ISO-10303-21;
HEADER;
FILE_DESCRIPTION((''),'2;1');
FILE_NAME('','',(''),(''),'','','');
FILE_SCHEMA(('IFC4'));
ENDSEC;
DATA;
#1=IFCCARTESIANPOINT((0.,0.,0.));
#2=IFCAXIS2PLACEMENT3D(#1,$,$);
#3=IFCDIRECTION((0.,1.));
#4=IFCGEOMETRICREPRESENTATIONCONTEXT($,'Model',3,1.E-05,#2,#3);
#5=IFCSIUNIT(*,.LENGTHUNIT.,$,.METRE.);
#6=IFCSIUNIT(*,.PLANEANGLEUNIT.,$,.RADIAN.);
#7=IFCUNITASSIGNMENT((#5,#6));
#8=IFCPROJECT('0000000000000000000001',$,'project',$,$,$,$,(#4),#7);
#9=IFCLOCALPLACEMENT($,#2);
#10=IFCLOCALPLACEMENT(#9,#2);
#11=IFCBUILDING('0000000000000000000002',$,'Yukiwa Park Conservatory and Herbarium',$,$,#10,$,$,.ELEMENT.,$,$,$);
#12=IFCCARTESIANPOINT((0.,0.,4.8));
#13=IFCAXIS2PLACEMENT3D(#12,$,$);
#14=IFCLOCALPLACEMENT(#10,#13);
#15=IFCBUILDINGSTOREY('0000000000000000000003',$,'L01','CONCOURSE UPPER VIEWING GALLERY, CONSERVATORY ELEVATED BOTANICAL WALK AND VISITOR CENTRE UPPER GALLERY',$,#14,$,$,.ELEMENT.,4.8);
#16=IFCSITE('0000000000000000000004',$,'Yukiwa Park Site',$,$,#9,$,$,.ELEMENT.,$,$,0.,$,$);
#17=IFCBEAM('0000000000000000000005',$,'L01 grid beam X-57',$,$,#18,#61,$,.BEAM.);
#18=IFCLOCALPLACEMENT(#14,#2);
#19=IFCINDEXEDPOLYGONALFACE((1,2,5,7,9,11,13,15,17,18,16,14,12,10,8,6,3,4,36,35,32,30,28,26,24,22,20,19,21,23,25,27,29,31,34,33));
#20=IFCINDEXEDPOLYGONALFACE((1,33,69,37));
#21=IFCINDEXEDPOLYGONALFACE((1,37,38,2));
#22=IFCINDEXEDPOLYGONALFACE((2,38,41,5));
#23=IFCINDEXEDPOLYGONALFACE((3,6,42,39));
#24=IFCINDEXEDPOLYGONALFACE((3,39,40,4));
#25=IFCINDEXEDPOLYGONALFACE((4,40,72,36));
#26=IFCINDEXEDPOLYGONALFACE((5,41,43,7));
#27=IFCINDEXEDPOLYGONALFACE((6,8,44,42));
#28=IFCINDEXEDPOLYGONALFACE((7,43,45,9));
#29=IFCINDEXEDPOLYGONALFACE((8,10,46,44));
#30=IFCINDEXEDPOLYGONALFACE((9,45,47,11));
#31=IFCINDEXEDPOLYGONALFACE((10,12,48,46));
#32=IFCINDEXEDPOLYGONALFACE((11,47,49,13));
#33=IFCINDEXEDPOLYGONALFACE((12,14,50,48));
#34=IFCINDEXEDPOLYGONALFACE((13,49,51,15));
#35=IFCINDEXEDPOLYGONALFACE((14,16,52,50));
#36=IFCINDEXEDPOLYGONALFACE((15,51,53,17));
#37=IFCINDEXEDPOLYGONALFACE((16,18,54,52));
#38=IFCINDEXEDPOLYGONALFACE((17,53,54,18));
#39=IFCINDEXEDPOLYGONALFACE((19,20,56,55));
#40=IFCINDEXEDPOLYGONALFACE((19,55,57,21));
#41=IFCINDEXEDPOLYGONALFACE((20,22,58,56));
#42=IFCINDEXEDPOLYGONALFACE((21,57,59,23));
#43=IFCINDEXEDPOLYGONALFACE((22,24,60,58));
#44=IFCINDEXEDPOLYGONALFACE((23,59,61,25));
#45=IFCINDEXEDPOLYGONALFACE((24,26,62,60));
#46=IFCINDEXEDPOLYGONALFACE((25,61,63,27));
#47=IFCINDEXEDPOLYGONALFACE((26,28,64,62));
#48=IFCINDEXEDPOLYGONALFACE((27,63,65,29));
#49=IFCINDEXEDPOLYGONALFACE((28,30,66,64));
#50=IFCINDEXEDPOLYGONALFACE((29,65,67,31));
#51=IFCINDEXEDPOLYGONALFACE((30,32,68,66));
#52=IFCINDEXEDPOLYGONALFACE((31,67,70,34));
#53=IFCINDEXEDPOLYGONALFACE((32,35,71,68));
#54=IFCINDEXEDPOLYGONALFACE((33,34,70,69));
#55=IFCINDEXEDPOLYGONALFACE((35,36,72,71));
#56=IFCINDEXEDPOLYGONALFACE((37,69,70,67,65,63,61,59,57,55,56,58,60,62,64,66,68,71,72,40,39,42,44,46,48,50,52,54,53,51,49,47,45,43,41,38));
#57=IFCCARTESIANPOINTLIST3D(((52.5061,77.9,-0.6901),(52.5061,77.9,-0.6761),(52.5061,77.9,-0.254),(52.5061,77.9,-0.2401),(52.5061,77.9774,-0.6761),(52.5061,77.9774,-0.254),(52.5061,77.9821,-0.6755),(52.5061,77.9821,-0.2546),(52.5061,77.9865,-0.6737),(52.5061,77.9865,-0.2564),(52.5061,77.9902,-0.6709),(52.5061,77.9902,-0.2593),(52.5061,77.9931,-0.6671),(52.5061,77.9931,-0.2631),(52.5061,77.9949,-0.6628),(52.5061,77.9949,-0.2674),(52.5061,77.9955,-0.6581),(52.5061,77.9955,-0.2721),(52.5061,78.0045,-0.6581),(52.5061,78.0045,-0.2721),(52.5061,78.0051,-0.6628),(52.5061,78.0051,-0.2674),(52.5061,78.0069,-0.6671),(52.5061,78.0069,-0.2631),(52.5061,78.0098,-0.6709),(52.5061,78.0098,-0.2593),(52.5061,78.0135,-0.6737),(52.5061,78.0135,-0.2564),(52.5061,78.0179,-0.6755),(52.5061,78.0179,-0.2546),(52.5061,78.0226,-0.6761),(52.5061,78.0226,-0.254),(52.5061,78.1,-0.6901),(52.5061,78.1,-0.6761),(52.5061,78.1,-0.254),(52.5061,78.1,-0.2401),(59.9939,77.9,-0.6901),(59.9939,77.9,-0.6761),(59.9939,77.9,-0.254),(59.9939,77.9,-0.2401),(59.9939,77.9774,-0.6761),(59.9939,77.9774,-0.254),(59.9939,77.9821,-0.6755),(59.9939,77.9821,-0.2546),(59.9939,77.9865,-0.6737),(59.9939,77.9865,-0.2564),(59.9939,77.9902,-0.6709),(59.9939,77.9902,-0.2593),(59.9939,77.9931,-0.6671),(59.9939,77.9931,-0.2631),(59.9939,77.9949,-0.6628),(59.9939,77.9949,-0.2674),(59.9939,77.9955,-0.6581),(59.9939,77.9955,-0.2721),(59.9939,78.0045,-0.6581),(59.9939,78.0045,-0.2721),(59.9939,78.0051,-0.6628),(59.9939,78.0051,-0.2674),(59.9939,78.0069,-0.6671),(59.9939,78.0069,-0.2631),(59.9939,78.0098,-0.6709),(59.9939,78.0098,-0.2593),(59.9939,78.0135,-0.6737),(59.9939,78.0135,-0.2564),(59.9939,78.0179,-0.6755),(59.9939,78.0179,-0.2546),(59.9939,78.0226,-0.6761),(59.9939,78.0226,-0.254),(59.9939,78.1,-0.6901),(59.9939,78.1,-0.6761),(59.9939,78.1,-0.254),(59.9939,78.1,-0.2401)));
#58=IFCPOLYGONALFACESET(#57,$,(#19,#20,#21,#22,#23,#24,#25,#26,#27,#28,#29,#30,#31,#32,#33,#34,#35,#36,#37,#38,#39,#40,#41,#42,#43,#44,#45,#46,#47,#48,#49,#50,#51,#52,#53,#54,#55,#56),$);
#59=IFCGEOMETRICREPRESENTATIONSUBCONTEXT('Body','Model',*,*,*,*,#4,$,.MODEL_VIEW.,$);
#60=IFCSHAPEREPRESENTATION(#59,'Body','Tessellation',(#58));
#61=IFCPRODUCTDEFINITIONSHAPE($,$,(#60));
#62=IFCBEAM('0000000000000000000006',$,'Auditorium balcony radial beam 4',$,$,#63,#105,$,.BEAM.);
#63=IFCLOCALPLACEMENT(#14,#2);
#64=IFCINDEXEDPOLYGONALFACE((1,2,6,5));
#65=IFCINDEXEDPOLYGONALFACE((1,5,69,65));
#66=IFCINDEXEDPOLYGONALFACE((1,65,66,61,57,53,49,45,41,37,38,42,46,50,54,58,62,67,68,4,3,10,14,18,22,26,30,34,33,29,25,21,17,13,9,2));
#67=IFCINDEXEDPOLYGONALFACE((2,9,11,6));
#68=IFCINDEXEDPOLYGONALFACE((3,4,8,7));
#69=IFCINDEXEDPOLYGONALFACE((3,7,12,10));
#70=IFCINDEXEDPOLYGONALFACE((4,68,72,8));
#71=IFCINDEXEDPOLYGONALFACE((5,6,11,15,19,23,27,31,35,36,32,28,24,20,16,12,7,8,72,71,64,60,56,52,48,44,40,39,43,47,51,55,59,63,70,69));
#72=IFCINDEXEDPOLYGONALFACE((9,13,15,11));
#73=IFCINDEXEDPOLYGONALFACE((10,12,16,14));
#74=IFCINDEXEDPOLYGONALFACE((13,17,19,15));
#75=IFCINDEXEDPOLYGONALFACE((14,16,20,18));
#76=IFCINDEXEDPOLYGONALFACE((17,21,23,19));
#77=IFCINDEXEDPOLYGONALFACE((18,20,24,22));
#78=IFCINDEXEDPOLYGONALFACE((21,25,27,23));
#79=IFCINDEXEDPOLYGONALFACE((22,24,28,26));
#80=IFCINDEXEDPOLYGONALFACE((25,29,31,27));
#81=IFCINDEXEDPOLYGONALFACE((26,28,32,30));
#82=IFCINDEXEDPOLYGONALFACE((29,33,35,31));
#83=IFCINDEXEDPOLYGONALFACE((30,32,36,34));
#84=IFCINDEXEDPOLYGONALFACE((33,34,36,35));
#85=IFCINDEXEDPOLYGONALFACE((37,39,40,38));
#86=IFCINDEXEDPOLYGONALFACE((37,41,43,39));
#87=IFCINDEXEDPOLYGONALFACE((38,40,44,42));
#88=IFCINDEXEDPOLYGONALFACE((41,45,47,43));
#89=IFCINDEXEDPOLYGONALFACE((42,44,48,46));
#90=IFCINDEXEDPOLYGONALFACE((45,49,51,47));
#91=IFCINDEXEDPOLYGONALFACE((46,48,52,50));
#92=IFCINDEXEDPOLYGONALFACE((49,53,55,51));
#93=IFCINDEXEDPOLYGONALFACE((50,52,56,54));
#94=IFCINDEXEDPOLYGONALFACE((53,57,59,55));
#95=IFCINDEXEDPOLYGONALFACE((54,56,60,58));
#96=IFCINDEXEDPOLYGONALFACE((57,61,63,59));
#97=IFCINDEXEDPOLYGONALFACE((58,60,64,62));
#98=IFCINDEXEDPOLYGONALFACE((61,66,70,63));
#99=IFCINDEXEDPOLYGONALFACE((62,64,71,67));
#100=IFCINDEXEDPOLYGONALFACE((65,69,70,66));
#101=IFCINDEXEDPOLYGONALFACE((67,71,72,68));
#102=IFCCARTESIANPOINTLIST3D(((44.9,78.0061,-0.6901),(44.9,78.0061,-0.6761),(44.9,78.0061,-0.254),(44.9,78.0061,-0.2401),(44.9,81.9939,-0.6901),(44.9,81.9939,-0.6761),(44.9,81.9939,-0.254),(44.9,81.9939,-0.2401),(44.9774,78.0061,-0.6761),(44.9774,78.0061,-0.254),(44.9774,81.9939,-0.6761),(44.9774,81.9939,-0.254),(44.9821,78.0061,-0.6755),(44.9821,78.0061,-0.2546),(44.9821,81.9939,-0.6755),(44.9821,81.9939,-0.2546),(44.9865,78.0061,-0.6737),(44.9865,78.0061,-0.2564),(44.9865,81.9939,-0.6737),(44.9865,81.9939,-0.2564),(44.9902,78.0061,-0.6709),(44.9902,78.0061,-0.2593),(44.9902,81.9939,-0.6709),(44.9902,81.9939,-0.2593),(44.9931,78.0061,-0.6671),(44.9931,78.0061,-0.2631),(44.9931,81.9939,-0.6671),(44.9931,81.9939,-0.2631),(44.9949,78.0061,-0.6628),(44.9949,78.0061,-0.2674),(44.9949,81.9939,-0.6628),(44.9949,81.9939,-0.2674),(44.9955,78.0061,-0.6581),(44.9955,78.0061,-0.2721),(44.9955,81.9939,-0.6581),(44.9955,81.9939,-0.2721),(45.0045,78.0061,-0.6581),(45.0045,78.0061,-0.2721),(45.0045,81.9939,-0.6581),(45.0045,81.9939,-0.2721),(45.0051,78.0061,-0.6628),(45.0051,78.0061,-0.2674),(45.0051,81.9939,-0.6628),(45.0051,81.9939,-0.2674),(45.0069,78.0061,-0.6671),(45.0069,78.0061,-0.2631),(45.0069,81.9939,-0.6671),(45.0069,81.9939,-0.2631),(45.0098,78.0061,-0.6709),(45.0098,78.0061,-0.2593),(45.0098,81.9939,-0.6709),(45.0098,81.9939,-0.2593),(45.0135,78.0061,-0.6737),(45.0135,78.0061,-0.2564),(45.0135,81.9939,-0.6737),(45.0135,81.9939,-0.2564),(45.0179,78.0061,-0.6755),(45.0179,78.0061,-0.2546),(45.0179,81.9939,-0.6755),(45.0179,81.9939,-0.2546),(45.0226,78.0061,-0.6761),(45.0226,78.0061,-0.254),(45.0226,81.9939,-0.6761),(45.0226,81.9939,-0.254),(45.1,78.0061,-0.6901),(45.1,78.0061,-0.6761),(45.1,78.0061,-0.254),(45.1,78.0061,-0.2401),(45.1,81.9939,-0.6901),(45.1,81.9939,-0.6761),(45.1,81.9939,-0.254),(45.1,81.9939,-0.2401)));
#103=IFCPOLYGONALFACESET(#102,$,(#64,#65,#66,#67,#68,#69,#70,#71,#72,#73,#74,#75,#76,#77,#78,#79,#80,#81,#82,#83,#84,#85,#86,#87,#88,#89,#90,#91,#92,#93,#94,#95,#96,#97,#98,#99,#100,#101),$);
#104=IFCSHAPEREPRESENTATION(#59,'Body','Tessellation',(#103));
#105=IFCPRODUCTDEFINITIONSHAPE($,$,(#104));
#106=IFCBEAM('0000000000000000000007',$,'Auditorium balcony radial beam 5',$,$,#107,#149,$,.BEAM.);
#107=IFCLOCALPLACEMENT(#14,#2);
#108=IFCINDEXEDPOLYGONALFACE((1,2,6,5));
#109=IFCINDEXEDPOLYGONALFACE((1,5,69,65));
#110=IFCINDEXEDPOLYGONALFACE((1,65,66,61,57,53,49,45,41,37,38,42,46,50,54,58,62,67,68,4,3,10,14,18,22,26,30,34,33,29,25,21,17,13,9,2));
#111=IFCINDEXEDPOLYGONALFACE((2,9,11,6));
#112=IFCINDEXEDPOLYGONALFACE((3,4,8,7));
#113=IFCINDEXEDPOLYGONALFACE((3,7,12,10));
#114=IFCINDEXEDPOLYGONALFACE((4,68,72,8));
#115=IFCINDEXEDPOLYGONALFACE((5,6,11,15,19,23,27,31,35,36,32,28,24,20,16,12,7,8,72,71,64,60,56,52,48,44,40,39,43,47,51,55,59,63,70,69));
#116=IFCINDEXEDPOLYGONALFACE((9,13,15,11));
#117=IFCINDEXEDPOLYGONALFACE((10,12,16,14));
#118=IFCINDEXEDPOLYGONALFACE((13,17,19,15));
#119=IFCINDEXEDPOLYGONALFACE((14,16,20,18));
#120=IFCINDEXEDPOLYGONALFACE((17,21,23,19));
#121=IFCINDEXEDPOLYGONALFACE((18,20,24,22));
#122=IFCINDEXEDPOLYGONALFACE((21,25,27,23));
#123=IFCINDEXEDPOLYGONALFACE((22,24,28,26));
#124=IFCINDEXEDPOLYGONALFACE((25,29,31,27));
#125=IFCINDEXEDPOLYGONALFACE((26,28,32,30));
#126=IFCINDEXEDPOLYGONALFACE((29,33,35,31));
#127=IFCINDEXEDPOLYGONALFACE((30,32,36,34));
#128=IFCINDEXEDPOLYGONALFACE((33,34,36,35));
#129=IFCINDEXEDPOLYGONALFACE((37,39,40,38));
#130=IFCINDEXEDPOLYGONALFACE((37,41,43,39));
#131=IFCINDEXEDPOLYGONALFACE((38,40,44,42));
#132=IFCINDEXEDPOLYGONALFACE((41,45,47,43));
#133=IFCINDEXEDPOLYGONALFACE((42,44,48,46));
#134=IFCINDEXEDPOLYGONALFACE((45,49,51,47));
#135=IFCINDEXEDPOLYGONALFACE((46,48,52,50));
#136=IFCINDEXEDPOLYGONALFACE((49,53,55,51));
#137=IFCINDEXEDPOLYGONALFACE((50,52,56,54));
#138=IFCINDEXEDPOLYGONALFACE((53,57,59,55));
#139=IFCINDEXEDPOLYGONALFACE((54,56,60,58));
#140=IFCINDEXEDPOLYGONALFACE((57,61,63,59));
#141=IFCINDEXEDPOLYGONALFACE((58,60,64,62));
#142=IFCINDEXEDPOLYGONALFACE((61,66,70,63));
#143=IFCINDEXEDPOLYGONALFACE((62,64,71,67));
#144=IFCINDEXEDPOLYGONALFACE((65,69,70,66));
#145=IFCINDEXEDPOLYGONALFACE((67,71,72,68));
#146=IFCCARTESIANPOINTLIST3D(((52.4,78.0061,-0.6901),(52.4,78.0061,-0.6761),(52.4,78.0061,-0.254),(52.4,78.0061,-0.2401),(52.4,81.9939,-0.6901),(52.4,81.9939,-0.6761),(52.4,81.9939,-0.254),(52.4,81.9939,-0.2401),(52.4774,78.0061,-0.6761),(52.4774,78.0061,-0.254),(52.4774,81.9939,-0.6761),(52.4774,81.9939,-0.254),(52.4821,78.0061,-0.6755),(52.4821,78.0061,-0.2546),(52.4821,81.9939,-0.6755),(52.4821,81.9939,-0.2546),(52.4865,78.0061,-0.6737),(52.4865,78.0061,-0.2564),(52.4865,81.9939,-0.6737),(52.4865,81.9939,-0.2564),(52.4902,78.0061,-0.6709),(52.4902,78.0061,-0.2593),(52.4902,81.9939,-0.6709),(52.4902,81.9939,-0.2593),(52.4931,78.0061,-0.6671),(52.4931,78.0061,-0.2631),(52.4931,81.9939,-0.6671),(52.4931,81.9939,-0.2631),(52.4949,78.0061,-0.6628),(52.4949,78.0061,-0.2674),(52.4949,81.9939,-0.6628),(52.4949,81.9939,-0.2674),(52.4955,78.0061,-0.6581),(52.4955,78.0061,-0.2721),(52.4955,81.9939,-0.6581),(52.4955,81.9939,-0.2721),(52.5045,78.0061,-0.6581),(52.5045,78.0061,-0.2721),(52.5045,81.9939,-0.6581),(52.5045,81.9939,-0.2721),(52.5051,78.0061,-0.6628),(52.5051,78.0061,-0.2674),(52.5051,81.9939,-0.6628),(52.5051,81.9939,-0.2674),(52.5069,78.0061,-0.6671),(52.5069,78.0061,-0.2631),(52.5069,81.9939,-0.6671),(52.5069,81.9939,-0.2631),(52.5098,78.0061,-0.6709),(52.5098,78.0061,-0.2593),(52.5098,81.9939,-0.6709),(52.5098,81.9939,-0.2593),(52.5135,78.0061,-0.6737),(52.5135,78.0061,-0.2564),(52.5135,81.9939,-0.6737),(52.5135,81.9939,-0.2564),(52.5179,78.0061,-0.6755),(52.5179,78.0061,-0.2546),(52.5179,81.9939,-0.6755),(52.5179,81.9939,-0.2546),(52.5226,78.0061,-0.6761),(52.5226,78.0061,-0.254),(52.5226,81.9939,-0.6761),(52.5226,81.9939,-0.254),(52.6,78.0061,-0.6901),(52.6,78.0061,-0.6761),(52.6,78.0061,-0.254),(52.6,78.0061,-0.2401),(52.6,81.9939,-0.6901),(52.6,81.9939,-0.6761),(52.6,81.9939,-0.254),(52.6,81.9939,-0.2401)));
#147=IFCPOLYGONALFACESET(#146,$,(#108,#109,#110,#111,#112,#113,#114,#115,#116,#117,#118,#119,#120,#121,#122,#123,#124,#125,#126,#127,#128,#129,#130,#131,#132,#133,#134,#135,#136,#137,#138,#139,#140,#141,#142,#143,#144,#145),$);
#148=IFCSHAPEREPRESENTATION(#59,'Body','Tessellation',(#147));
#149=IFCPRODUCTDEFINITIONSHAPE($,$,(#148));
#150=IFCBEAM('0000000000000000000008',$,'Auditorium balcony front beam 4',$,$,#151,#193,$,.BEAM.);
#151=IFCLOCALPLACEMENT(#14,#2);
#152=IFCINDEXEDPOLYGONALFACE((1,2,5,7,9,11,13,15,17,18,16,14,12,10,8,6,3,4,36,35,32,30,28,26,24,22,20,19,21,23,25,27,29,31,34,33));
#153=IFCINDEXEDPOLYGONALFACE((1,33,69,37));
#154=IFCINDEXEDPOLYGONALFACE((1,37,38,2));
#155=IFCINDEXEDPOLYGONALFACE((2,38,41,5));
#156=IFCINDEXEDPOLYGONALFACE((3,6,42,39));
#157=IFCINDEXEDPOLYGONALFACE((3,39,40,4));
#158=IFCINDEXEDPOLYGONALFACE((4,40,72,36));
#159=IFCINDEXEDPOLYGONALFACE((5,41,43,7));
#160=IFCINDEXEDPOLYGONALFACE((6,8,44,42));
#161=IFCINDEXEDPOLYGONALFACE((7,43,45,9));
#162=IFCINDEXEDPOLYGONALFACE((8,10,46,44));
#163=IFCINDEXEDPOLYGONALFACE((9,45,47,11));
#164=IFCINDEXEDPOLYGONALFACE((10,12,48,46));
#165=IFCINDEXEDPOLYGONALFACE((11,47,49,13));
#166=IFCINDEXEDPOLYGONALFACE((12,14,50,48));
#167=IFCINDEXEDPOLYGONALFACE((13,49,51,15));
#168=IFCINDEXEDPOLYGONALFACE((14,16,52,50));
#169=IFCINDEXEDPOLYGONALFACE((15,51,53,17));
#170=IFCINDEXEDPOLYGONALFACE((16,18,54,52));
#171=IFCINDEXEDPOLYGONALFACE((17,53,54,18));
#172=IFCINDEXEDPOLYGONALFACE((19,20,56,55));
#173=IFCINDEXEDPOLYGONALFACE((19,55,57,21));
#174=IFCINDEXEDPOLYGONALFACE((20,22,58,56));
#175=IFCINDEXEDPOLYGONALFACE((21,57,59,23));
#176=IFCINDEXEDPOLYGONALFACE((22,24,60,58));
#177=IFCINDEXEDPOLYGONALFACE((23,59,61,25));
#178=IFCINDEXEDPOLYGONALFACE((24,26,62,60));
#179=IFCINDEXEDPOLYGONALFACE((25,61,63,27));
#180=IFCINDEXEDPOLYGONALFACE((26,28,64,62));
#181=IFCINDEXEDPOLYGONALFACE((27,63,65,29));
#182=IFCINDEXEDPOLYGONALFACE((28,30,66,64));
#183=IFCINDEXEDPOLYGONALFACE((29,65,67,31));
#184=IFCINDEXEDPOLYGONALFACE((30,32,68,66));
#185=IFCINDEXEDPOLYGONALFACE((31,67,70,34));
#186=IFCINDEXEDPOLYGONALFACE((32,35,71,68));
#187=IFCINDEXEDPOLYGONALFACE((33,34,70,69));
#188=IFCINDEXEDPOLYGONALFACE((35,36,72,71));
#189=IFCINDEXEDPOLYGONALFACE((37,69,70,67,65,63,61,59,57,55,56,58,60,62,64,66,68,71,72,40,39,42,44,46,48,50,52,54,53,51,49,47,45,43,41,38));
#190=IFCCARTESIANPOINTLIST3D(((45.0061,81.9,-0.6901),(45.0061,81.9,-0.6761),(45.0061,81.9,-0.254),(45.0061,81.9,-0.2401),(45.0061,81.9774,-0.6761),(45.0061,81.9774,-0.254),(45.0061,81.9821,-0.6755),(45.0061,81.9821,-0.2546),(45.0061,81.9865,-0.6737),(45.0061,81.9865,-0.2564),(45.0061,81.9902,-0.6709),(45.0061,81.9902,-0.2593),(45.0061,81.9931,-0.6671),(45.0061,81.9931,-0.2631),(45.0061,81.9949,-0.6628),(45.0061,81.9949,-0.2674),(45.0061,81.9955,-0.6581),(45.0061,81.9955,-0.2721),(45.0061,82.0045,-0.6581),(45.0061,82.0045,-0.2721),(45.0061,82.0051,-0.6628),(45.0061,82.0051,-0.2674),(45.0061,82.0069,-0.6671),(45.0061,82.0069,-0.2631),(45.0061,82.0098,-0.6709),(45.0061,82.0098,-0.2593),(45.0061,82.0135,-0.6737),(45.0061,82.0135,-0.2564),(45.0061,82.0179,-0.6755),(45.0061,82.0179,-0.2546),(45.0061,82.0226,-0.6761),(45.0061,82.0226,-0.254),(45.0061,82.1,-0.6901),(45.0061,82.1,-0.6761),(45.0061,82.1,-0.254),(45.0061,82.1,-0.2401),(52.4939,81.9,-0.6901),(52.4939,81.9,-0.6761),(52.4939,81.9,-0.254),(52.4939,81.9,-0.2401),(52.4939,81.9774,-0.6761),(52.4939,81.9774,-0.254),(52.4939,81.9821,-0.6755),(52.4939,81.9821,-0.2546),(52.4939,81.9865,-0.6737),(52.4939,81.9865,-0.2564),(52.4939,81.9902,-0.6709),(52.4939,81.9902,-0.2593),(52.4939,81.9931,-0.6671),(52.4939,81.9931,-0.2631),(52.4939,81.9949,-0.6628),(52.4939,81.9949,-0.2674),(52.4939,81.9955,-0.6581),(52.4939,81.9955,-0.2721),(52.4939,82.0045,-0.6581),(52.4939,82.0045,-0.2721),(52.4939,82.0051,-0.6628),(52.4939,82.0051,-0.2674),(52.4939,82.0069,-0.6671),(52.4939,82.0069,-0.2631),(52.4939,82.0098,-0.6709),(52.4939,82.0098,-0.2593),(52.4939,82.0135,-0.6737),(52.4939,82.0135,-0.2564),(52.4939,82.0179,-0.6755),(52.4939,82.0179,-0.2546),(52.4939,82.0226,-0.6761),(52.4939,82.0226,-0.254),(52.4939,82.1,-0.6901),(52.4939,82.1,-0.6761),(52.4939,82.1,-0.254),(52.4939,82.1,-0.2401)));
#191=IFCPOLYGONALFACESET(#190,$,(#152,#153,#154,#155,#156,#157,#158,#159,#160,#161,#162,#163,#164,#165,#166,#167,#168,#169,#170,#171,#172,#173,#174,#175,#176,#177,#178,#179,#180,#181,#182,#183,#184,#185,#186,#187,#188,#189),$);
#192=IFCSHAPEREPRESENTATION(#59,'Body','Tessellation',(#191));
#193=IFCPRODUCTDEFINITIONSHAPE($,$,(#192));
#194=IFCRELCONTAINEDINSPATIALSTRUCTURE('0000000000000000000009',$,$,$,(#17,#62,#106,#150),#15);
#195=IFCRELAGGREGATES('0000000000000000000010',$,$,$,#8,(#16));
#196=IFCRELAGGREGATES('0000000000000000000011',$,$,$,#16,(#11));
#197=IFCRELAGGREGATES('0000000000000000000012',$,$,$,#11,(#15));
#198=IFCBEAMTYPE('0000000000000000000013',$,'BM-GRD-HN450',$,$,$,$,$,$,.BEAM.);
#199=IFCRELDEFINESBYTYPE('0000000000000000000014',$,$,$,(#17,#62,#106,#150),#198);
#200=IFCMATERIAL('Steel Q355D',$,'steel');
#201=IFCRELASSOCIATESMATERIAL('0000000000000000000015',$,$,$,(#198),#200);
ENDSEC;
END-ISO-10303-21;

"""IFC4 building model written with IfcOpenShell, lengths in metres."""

from ifc_helpers import new_model, si_unit, direction, frame, origin, origin_2d, place, context, subcontext, project, spatial, i_section, extrude, material, material_profile, profile_set, type_object, element, save


model = new_model("IFC4")

# Units and contexts
model_context = context("Model", 3, precision=1e-05, world=origin(), true_north=direction((0.0, 1.0)))
body_context = subcontext(model_context, "Body", "Model", "MODEL_VIEW")
ifc_project = project(units=[si_unit("LENGTHUNIT", "METRE"), si_unit("PLANEANGLEUNIT", "RADIAN")], contexts=[model_context])

# Site, building, storey
site_placement = place(None, origin())
site = spatial("IfcSite", under=ifc_project, at=site_placement, Name="Yukiwa Park Site", CompositionType="ELEMENT", RefElevation=0.0)
building_placement = place(site_placement, origin())
building = spatial("IfcBuilding", under=site, at=building_placement, Name="Yukiwa Park Conservatory and Herbarium", CompositionType="ELEMENT")
storey_placement = place(building_placement, frame((0.0, 0.0, 4.8)))
storey = spatial("IfcBuildingStorey", under=building, at=storey_placement, Name="L01", Description="CONCOURSE UPPER VIEWING GALLERY, CONSERVATORY ELEVATED BOTANICAL WALK AND VISITOR CENTRE UPPER GALLERY", CompositionType="ELEMENT", Elevation=4.8)

# Beams
ifc_material_1 = material(Name="Steel Q355D", Category="steel")
ifc_material_profile_1 = material_profile(ifc_material_1, i_section(OverallWidth=0.2, OverallDepth=0.45, WebThickness=0.009, FlangeThickness=0.0139, FilletRadius=0.0181, at=origin_2d()), Name="HN 450x200x9x14")
ifc_profile_set_1 = profile_set([ifc_material_profile_1], Name="Steel Q355D")
beam_type_1 = type_object("IfcBeamType", Name="BM-GRD-HN450", PredefinedType="BEAM", material=ifc_profile_set_1)
for number, where, z_axis, x_axis, name in (
    (1, (52.5061, 78.0, -0.4651), (1.0, 0.0, 0.0), (0.0, 1.0, 0.0), "L01 grid beam X-57"),
):
    element("IfcBeam", number, at=place(storey_placement, frame(where, z_axis=z_axis, x_axis=x_axis)), inside=storey, type_object=beam_type_1, Name=name, PredefinedType="BEAM", context=body_context, shape_type="SweptSolid", body=[
        extrude(i_section(OverallWidth=0.2, OverallDepth=0.45, WebThickness=0.009, FlangeThickness=0.0139, FilletRadius=0.0181, at=origin_2d()), origin(), (0.0, 0.0, 1.0), 7.4878),
    ])
for number, where, z_axis, x_axis, name in (
    (2, (45.0, 78.0061, -0.4651), (0.0, 1.0, 0.0), (-1.0, 0.0, 0.0), "Auditorium balcony radial beam 4"),
    (3, (52.5, 78.0061, -0.4651), (0.0, 1.0, 0.0), (-1.0, 0.0, 0.0), "Auditorium balcony radial beam 5"),
):
    element("IfcBeam", number, at=place(storey_placement, frame(where, z_axis=z_axis, x_axis=x_axis)), inside=storey, type_object=beam_type_1, Name=name, PredefinedType="BEAM", context=body_context, shape_type="SweptSolid", body=[
        extrude(i_section(OverallWidth=0.2, OverallDepth=0.45, WebThickness=0.009, FlangeThickness=0.0139, FilletRadius=0.0181, at=origin_2d()), origin(), (0.0, 0.0, 1.0), 3.9878),
    ])
beam_1_placement = place(storey_placement, frame((45.0061, 82.0, -0.4651), z_axis=(1.0, 0.0, 0.0), x_axis=(0.0, 1.0, 0.0)))
element("IfcBeam", 4, at=beam_1_placement, inside=storey, type_object=beam_type_1, Name="Auditorium balcony front beam 4", PredefinedType="BEAM", context=body_context, shape_type="SweptSolid", body=[
    extrude(i_section(OverallWidth=0.2, OverallDepth=0.45, WebThickness=0.009, FlangeThickness=0.0139, FilletRadius=0.0181, at=origin_2d()), origin(), (0.0, 0.0, 1.0), 7.4878),
])

save(model, "model.ifc")
